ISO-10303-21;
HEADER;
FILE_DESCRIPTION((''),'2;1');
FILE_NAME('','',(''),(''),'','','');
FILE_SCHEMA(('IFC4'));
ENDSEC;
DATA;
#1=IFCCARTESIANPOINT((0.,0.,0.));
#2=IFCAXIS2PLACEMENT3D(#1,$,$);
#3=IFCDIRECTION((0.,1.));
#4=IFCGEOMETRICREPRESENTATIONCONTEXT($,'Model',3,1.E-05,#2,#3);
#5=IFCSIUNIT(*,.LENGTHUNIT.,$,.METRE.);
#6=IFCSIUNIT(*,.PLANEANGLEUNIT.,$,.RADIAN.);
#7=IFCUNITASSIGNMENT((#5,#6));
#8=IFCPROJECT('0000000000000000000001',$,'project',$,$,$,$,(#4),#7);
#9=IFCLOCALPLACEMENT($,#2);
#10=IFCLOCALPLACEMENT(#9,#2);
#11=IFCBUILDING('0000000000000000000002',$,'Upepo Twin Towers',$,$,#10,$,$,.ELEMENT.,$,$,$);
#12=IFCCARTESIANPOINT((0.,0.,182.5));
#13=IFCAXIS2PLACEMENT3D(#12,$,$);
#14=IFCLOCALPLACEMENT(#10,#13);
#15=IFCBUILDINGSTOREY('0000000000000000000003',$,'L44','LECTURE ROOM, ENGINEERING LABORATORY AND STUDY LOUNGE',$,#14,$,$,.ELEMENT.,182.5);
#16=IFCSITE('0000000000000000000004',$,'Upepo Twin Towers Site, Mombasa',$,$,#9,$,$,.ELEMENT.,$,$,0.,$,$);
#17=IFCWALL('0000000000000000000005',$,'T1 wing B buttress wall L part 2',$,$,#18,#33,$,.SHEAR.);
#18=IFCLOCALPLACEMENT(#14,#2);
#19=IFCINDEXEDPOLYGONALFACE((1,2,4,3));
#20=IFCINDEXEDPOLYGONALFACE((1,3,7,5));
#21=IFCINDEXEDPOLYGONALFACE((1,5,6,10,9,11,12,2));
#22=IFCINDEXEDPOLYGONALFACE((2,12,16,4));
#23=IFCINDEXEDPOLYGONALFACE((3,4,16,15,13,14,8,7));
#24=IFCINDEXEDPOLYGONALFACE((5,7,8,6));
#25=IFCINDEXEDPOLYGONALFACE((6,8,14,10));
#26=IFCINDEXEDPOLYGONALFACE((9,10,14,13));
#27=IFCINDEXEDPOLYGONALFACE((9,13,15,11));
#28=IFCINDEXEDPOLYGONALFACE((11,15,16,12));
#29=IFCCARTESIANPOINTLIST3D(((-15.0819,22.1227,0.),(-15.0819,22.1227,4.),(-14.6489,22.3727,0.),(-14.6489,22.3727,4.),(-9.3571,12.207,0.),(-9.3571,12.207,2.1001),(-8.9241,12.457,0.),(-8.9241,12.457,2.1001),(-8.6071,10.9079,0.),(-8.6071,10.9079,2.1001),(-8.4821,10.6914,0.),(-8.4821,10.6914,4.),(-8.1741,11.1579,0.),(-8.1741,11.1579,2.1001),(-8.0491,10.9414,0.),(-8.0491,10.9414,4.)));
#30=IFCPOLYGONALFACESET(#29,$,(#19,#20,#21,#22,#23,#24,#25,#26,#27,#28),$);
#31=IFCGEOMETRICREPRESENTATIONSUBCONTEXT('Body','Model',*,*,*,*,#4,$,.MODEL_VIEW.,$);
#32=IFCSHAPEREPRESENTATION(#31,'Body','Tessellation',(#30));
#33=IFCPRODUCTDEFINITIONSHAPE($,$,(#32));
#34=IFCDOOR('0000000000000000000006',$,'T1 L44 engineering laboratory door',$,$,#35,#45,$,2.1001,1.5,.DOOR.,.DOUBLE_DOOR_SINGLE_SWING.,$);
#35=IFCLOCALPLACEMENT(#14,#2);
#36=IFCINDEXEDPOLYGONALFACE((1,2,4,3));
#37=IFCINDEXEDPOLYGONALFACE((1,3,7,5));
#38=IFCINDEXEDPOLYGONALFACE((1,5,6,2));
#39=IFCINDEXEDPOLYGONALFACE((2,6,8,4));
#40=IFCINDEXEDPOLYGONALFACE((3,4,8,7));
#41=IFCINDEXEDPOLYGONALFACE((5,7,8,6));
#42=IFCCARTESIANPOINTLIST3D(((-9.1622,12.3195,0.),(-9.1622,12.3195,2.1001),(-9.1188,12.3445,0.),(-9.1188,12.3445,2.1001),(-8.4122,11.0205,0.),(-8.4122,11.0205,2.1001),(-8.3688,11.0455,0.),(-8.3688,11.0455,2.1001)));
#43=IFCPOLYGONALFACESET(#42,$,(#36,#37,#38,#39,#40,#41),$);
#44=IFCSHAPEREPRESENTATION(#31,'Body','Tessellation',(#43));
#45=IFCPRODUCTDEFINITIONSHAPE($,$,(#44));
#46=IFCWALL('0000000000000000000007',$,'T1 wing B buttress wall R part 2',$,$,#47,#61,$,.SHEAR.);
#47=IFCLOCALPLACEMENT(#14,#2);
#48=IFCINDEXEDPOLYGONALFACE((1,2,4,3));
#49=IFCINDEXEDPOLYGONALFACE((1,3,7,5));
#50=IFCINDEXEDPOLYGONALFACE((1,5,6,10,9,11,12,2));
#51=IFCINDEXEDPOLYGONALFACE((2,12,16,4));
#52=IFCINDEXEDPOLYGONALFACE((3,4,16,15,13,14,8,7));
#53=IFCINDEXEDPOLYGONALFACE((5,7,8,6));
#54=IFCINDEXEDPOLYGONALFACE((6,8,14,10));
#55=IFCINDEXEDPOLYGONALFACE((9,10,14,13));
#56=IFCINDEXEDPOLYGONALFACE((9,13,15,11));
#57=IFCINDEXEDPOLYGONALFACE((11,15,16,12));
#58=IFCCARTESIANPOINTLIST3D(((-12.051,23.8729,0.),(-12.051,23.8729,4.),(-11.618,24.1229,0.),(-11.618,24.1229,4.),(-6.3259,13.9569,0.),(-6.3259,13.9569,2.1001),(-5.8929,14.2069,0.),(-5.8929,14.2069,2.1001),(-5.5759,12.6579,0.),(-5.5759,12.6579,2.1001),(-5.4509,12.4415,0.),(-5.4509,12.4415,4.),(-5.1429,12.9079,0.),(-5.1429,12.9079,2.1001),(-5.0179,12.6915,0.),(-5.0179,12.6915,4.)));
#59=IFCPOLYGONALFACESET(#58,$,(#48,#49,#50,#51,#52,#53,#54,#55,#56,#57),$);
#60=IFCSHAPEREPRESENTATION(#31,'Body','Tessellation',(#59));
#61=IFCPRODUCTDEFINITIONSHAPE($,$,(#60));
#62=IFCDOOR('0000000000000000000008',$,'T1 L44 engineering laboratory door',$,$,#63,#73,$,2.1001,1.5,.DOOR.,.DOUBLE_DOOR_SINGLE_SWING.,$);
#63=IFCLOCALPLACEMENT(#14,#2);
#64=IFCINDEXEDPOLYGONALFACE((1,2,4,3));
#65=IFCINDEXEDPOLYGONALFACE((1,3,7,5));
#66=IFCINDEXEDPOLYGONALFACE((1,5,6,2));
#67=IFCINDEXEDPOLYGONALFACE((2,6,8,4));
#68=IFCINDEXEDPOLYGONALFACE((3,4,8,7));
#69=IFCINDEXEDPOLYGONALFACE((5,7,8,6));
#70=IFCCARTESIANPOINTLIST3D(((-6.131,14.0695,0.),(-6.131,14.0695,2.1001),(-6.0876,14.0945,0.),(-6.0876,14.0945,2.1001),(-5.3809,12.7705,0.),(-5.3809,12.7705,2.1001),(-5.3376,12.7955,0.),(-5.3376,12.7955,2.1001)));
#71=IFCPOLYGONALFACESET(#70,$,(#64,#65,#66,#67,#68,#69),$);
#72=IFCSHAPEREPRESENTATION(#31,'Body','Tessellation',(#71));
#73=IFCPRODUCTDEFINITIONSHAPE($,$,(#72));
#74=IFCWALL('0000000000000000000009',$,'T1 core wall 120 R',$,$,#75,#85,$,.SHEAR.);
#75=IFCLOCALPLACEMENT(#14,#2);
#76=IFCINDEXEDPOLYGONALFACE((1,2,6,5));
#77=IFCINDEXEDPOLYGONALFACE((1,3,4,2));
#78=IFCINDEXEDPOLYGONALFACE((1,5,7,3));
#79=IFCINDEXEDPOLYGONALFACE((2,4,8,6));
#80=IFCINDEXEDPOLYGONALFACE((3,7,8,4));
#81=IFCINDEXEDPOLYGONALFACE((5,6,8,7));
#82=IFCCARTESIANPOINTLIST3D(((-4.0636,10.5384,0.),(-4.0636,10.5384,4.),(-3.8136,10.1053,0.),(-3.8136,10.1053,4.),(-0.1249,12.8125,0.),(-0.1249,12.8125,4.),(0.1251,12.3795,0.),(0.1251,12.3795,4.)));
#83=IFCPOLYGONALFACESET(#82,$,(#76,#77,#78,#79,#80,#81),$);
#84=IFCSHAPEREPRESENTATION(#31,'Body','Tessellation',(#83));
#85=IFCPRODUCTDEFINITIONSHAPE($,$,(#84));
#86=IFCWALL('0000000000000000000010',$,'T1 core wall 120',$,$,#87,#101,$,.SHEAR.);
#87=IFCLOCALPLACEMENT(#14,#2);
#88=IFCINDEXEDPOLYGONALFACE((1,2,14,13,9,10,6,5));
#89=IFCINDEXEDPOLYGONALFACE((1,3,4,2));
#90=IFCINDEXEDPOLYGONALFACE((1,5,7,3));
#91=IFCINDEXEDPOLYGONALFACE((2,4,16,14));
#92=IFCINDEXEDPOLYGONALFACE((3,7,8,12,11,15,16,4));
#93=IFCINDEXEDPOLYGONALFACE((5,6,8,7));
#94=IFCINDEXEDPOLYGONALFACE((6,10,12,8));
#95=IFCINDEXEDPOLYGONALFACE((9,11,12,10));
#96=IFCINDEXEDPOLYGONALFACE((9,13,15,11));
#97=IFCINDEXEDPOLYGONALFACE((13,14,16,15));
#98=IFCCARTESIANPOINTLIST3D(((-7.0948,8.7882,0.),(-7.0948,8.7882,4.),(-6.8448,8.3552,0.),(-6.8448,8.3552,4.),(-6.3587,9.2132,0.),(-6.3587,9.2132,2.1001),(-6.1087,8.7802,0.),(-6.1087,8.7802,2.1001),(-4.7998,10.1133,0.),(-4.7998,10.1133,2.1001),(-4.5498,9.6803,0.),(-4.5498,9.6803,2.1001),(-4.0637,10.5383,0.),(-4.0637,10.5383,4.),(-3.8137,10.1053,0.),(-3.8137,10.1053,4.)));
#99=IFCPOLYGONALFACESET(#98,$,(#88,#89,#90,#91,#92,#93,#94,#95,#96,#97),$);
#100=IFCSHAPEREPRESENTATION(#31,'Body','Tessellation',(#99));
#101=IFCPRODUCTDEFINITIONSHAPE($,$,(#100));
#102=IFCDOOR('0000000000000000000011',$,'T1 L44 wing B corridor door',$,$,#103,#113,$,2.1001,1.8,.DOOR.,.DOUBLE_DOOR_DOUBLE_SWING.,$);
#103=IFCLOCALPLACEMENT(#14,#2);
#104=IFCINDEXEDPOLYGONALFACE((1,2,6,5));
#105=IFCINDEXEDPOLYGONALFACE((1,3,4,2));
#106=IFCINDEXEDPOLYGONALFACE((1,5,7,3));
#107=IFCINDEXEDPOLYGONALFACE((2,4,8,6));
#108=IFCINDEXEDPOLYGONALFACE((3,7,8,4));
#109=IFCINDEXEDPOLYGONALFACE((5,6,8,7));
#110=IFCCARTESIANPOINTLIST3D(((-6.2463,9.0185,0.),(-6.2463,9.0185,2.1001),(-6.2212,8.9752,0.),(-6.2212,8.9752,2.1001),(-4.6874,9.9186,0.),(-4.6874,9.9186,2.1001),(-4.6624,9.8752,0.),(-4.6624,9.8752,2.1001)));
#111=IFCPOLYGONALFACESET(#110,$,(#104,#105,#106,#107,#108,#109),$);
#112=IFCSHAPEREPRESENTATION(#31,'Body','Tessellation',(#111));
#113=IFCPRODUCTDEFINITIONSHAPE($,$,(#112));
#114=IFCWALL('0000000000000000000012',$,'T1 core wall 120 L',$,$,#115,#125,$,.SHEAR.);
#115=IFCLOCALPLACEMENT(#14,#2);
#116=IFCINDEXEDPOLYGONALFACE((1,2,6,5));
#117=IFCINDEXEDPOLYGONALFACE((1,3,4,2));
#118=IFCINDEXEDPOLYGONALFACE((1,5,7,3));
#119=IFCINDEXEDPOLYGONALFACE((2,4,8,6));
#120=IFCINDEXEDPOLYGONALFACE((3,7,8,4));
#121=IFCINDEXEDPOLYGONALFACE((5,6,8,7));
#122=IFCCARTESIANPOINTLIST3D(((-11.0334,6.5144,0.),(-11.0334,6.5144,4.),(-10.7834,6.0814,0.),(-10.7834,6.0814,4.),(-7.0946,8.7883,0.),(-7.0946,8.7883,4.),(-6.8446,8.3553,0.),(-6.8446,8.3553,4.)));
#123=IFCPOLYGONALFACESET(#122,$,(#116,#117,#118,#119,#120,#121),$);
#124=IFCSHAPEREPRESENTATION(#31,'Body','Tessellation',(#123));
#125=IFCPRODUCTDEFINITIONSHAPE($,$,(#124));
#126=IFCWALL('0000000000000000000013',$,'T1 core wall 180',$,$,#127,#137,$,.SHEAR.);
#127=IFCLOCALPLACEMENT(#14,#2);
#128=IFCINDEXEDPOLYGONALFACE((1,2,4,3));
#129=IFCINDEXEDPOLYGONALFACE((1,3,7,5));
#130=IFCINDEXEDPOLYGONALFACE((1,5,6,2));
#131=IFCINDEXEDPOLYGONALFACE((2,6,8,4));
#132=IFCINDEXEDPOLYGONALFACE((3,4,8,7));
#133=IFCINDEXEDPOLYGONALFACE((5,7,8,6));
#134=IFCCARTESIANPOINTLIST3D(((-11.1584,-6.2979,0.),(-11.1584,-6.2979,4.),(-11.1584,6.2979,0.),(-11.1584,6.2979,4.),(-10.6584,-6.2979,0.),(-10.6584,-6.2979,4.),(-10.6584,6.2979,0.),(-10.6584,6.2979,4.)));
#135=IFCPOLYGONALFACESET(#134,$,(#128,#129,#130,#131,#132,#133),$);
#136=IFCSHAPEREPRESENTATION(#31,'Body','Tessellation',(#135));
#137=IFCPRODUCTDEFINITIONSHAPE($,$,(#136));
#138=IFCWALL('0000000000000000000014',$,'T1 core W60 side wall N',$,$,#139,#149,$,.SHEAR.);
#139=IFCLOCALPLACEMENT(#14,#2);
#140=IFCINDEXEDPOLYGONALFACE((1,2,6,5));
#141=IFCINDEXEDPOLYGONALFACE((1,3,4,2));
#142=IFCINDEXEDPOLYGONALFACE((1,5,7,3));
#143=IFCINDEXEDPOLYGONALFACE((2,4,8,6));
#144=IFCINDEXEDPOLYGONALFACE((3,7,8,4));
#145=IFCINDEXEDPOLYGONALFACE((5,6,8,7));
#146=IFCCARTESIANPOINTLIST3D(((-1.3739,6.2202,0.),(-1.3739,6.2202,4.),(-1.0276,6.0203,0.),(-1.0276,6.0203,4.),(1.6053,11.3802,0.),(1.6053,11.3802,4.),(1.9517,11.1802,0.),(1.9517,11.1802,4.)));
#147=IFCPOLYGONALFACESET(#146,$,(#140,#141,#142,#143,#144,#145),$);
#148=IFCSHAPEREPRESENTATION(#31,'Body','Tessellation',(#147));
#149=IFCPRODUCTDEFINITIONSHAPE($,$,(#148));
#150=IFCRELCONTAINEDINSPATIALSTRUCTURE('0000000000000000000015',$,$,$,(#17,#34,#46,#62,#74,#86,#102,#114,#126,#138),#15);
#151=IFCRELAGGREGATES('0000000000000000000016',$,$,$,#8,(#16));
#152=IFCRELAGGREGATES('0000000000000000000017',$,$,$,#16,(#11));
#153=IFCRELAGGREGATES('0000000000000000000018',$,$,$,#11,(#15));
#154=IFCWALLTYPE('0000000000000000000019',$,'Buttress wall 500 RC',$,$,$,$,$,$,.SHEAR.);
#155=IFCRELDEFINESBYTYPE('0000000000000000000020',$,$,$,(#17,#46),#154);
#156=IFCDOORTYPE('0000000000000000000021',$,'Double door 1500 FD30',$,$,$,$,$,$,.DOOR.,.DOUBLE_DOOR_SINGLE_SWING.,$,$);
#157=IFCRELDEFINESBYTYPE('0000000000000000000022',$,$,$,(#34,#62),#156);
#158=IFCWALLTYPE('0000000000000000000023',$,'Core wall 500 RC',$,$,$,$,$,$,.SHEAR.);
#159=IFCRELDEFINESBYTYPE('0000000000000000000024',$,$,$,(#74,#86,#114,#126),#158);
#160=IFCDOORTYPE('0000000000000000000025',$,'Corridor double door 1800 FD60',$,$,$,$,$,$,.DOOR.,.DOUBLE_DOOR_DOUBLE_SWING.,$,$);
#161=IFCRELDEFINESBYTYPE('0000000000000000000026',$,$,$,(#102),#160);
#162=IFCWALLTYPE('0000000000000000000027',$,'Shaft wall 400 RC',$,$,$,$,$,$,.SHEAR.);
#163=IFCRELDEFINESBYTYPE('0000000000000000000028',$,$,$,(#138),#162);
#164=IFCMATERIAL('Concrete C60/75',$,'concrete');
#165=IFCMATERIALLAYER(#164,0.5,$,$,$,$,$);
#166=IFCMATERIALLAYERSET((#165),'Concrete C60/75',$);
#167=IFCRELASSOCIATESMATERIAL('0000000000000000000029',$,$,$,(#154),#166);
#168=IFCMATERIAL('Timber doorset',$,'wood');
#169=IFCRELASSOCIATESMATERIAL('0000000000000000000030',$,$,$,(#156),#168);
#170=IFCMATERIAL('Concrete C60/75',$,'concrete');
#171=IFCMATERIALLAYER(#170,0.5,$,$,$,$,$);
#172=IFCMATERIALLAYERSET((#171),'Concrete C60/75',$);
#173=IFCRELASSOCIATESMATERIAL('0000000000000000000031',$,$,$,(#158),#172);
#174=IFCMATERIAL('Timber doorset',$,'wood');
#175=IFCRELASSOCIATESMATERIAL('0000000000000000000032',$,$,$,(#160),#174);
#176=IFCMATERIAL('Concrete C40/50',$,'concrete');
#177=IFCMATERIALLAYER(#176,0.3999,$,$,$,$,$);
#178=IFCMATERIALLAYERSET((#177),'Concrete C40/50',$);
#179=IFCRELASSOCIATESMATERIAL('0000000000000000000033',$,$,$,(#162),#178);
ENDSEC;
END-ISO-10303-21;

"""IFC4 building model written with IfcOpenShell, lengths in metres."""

from ifc_helpers import new_model, si_unit, direction, frame, frame_2d, origin, place, context, subcontext, project, spatial, rectangle, extrude, material, layer, layer_set, type_object, element, fill, save


model = new_model("IFC4")

# Units and contexts
model_context = context("Model", 3, precision=1e-05, world=origin(), true_north=direction((0.0, 1.0)))
body_context = subcontext(model_context, "Body", "Model", "MODEL_VIEW")
ifc_project = project(units=[si_unit("LENGTHUNIT", "METRE"), si_unit("PLANEANGLEUNIT", "RADIAN")], contexts=[model_context])

# Site, building, storey
site_placement = place(None, origin())
site = spatial("IfcSite", under=ifc_project, at=site_placement, Name="Upepo Twin Towers Site, Mombasa", CompositionType="ELEMENT", RefElevation=0.0)
building_placement = place(site_placement, origin())
building = spatial("IfcBuilding", under=site, at=building_placement, Name="Upepo Twin Towers", CompositionType="ELEMENT")
storey_placement = place(building_placement, frame((0.0, 0.0, 182.5)))
storey = spatial("IfcBuildingStorey", under=building, at=storey_placement, Name="L44", Description="LECTURE ROOM, ENGINEERING LABORATORY AND STUDY LOUNGE", CompositionType="ELEMENT", Elevation=182.5)

# Walls, openings, doors
ifc_material_1 = material(Name="Concrete C60/75", Category="concrete")
ifc_layer_1 = layer(ifc_material_1, 0.5)
ifc_layer_set_1 = layer_set([ifc_layer_1], Name="Concrete C60/75")
wall_type_1 = type_object("IfcWallType", Name="Buttress wall 500 RC", PredefinedType="SHEAR", material=ifc_layer_set_1)
wall_1_placement = place(storey_placement, frame((-8.2656, 10.8164, 0.0), z_axis=(0.0, 0.0, 1.0), x_axis=(-0.499996, 0.866028, 0.0)))
wall_1 = element("IfcWall", 1, at=wall_1_placement, inside=storey, type_object=wall_type_1, Name="T1 wing B buttress wall L part 2", PredefinedType="SHEAR", context=body_context, shape_type="SweptSolid", body=[
    extrude(rectangle(XDim=13.1997, YDim=0.5, at=frame_2d((6.5999, 0.0))), origin(), (0.0, 0.0, 1.0), 4.0),
])
opening_1_placement = place(wall_1_placement, frame((0.25, 0.0, 0.0)))
opening_1 = element("IfcOpeningElement", 2, at=opening_1_placement, cuts=wall_1, PredefinedType="OPENING", context=body_context, shape_type="SweptSolid", body=[
    extrude(rectangle(XDim=1.5, YDim=2.1001, at=frame_2d((0.75, 1.05))), frame((0.0, 0.26, 0.0), z_axis=(0.0, -1.0, 0.0), x_axis=(1.0, 0.0, 0.0)), (0.0, 0.0, 1.0), 0.52),
])
ifc_material_2 = material(Name="Timber doorset", Category="wood")
door_type_1 = type_object("IfcDoorType", Name="Double door 1500 FD30", OperationType="DOUBLE_DOOR_SINGLE_SWING", PredefinedType="DOOR", material=ifc_material_2)
door_1_placement = place(opening_1_placement, origin())
door_1 = element("IfcDoor", 3, at=door_1_placement, inside=storey, type_object=door_type_1, Name="T1 L44 engineering laboratory door", OperationType="DOUBLE_DOOR_SINGLE_SWING", OverallHeight=2.1001, OverallWidth=1.5, PredefinedType="DOOR", context=body_context, shape_type="SweptSolid", body=[
    extrude(rectangle(XDim=1.5, YDim=2.1001, at=frame_2d((0.75, 1.05))), frame((0.0, 0.0249, 0.0), z_axis=(0.0, -1.0, 0.0), x_axis=(1.0, 0.0, 0.0)), (0.0, 0.0, 1.0), 0.05),
])
fill(opening_1, door_1)
wall_2_placement = place(storey_placement, frame((-5.2344, 12.5664, 0.0), z_axis=(0.0, 0.0, 1.0), x_axis=(-0.50001, 0.86602, 0.0)))
wall_2 = element("IfcWall", 4, at=wall_2_placement, inside=storey, type_object=wall_type_1, Name="T1 wing B buttress wall R part 2", PredefinedType="SHEAR", context=body_context, shape_type="SweptSolid", body=[
    extrude(rectangle(XDim=13.2, YDim=0.5, at=frame_2d((6.6001, 0.0))), origin(), (0.0, 0.0, 1.0), 4.0),
])
opening_2_placement = place(wall_2_placement, frame((0.25, 0.0, 0.0)))
opening_2 = element("IfcOpeningElement", 5, at=opening_2_placement, cuts=wall_2, PredefinedType="OPENING", context=body_context, shape_type="SweptSolid", body=[
    extrude(rectangle(XDim=1.5, YDim=2.1001, at=frame_2d((0.75, 1.05))), frame((0.0, 0.26, 0.0), z_axis=(0.0, -1.0, 0.0), x_axis=(1.0, 0.0, 0.0)), (0.0, 0.0, 1.0), 0.52),
])
door_2_placement = place(opening_2_placement, origin())
door_2 = element("IfcDoor", 6, at=door_2_placement, inside=storey, type_object=door_type_1, Name="T1 L44 engineering laboratory door", OperationType="DOUBLE_DOOR_SINGLE_SWING", OverallHeight=2.1001, OverallWidth=1.5, PredefinedType="DOOR", context=body_context, shape_type="SweptSolid", body=[
    extrude(rectangle(XDim=1.5, YDim=2.1001, at=frame_2d((0.75, 1.05))), frame((0.0, 0.0249, 0.0), z_axis=(0.0, -1.0, 0.0), x_axis=(1.0, 0.0, 0.0)), (0.0, 0.0, 1.0), 0.05),
])
fill(opening_2, door_2)

# Wall
ifc_material_3 = material(Name="Concrete C60/75", Category="concrete")
ifc_layer_2 = layer(ifc_material_3, 0.5)
ifc_layer_set_2 = layer_set([ifc_layer_2], Name="Concrete C60/75")
wall_type_2 = type_object("IfcWallType", Name="Core wall 500 RC", PredefinedType="SHEAR", material=ifc_layer_set_2)
wall_3_placement = place(storey_placement, frame((0.0, 12.5959, 0.0), z_axis=(0.0, 0.0, 1.0), x_axis=(-0.866011, -0.500024, 0.0)))
element("IfcWall", 7, at=wall_3_placement, inside=storey, type_object=wall_type_2, Name="T1 core wall 120 R", PredefinedType="SHEAR", context=body_context, shape_type="SweptSolid", body=[
    extrude(rectangle(XDim=4.5481, YDim=0.5, at=frame_2d((2.2739, 0.0))), origin(), (0.0, 0.0, 1.0), 4.0),
])

# Wall, opening, door
wall_4_placement = place(storey_placement, frame((-3.9387, 10.3218, 0.0), z_axis=(0.0, 0.0, 1.0), x_axis=(-0.866019, -0.50001, 0.0)))
wall_4 = element("IfcWall", 8, at=wall_4_placement, inside=storey, type_object=wall_type_2, Name="T1 core wall 120", PredefinedType="SHEAR", context=body_context, shape_type="SweptSolid", body=[
    extrude(rectangle(XDim=3.5, YDim=0.5, at=frame_2d((1.75, 0.0))), origin(), (0.0, 0.0, 1.0), 4.0),
])
opening_3_placement = place(wall_4_placement, frame((0.8501, 0.0, 0.0)))
opening_3 = element("IfcOpeningElement", 9, at=opening_3_placement, cuts=wall_4, PredefinedType="OPENING", context=body_context, shape_type="SweptSolid", body=[
    extrude(rectangle(XDim=1.8, YDim=2.1001, at=frame_2d((0.8999, 1.05))), frame((0.0, 0.26, 0.0), z_axis=(0.0, -1.0, 0.0), x_axis=(1.0, 0.0, 0.0)), (0.0, 0.0, 1.0), 0.52),
])
ifc_material_4 = material(Name="Timber doorset", Category="wood")
door_type_2 = type_object("IfcDoorType", Name="Corridor double door 1800 FD60", OperationType="DOUBLE_DOOR_DOUBLE_SWING", PredefinedType="DOOR", material=ifc_material_4)
door_3_placement = place(opening_3_placement, origin())
door_3 = element("IfcDoor", 10, at=door_3_placement, inside=storey, type_object=door_type_2, Name="T1 L44 wing B corridor door", OperationType="DOUBLE_DOOR_DOUBLE_SWING", OverallHeight=2.1001, OverallWidth=1.8, PredefinedType="DOOR", context=body_context, shape_type="SweptSolid", body=[
    extrude(rectangle(XDim=1.8, YDim=2.1001, at=frame_2d((0.8999, 1.05))), frame((0.0, 0.0249, 0.0), z_axis=(0.0, -1.0, 0.0), x_axis=(1.0, 0.0, 0.0)), (0.0, 0.0, 1.0), 0.05),
])
fill(opening_3, door_3)

# Walls
wall_5_placement = place(storey_placement, frame((-6.9697, 8.5718, 0.0), z_axis=(0.0, 0.0, 1.0), x_axis=(-0.866035, -0.499984, 0.0)))
element("IfcWall", 11, at=wall_5_placement, inside=storey, type_object=wall_type_2, Name="T1 core wall 120 L", PredefinedType="SHEAR", context=body_context, shape_type="SweptSolid", body=[
    extrude(rectangle(XDim=4.5481, YDim=0.5, at=frame_2d((2.2739, 0.0))), origin(), (0.0, 0.0, 1.0), 4.0),
])
wall_6_placement = place(storey_placement, frame((-10.9084, 6.2979, 0.0), z_axis=(0.0, 0.0, 1.0), x_axis=(0.0, -1.0, 0.0)))
element("IfcWall", 12, at=wall_6_placement, inside=storey, type_object=wall_type_2, Name="T1 core wall 180", PredefinedType="SHEAR", context=body_context, shape_type="SweptSolid", body=[
    extrude(rectangle(XDim=12.5957, YDim=0.5, at=frame_2d((6.2979, 0.0))), origin(), (0.0, 0.0, 1.0), 4.0),
])
ifc_material_5 = material(Name="Concrete C40/50", Category="concrete")
ifc_layer_3 = layer(ifc_material_5, 0.3999)
ifc_layer_set_3 = layer_set([ifc_layer_3], Name="Concrete C40/50")
wall_type_3 = type_object("IfcWallType", Name="Shaft wall 400 RC", PredefinedType="SHEAR", material=ifc_layer_set_3)
wall_7_placement = place(storey_placement, frame((-1.2007, 6.1204, 0.0), z_axis=(0.0, 0.0, 1.0), x_axis=(0.500022, 0.866013, 0.0)))
element("IfcWall", 13, at=wall_7_placement, inside=storey, type_object=wall_type_3, Name="T1 core W60 side wall N", PredefinedType="SHEAR", context=body_context, shape_type="SweptSolid", body=[
    extrude(rectangle(XDim=5.9583, YDim=0.3999, at=frame_2d((2.979, 0.0))), origin(), (0.0, 0.0, 1.0), 4.0),
])

save(model, "model.ifc")
